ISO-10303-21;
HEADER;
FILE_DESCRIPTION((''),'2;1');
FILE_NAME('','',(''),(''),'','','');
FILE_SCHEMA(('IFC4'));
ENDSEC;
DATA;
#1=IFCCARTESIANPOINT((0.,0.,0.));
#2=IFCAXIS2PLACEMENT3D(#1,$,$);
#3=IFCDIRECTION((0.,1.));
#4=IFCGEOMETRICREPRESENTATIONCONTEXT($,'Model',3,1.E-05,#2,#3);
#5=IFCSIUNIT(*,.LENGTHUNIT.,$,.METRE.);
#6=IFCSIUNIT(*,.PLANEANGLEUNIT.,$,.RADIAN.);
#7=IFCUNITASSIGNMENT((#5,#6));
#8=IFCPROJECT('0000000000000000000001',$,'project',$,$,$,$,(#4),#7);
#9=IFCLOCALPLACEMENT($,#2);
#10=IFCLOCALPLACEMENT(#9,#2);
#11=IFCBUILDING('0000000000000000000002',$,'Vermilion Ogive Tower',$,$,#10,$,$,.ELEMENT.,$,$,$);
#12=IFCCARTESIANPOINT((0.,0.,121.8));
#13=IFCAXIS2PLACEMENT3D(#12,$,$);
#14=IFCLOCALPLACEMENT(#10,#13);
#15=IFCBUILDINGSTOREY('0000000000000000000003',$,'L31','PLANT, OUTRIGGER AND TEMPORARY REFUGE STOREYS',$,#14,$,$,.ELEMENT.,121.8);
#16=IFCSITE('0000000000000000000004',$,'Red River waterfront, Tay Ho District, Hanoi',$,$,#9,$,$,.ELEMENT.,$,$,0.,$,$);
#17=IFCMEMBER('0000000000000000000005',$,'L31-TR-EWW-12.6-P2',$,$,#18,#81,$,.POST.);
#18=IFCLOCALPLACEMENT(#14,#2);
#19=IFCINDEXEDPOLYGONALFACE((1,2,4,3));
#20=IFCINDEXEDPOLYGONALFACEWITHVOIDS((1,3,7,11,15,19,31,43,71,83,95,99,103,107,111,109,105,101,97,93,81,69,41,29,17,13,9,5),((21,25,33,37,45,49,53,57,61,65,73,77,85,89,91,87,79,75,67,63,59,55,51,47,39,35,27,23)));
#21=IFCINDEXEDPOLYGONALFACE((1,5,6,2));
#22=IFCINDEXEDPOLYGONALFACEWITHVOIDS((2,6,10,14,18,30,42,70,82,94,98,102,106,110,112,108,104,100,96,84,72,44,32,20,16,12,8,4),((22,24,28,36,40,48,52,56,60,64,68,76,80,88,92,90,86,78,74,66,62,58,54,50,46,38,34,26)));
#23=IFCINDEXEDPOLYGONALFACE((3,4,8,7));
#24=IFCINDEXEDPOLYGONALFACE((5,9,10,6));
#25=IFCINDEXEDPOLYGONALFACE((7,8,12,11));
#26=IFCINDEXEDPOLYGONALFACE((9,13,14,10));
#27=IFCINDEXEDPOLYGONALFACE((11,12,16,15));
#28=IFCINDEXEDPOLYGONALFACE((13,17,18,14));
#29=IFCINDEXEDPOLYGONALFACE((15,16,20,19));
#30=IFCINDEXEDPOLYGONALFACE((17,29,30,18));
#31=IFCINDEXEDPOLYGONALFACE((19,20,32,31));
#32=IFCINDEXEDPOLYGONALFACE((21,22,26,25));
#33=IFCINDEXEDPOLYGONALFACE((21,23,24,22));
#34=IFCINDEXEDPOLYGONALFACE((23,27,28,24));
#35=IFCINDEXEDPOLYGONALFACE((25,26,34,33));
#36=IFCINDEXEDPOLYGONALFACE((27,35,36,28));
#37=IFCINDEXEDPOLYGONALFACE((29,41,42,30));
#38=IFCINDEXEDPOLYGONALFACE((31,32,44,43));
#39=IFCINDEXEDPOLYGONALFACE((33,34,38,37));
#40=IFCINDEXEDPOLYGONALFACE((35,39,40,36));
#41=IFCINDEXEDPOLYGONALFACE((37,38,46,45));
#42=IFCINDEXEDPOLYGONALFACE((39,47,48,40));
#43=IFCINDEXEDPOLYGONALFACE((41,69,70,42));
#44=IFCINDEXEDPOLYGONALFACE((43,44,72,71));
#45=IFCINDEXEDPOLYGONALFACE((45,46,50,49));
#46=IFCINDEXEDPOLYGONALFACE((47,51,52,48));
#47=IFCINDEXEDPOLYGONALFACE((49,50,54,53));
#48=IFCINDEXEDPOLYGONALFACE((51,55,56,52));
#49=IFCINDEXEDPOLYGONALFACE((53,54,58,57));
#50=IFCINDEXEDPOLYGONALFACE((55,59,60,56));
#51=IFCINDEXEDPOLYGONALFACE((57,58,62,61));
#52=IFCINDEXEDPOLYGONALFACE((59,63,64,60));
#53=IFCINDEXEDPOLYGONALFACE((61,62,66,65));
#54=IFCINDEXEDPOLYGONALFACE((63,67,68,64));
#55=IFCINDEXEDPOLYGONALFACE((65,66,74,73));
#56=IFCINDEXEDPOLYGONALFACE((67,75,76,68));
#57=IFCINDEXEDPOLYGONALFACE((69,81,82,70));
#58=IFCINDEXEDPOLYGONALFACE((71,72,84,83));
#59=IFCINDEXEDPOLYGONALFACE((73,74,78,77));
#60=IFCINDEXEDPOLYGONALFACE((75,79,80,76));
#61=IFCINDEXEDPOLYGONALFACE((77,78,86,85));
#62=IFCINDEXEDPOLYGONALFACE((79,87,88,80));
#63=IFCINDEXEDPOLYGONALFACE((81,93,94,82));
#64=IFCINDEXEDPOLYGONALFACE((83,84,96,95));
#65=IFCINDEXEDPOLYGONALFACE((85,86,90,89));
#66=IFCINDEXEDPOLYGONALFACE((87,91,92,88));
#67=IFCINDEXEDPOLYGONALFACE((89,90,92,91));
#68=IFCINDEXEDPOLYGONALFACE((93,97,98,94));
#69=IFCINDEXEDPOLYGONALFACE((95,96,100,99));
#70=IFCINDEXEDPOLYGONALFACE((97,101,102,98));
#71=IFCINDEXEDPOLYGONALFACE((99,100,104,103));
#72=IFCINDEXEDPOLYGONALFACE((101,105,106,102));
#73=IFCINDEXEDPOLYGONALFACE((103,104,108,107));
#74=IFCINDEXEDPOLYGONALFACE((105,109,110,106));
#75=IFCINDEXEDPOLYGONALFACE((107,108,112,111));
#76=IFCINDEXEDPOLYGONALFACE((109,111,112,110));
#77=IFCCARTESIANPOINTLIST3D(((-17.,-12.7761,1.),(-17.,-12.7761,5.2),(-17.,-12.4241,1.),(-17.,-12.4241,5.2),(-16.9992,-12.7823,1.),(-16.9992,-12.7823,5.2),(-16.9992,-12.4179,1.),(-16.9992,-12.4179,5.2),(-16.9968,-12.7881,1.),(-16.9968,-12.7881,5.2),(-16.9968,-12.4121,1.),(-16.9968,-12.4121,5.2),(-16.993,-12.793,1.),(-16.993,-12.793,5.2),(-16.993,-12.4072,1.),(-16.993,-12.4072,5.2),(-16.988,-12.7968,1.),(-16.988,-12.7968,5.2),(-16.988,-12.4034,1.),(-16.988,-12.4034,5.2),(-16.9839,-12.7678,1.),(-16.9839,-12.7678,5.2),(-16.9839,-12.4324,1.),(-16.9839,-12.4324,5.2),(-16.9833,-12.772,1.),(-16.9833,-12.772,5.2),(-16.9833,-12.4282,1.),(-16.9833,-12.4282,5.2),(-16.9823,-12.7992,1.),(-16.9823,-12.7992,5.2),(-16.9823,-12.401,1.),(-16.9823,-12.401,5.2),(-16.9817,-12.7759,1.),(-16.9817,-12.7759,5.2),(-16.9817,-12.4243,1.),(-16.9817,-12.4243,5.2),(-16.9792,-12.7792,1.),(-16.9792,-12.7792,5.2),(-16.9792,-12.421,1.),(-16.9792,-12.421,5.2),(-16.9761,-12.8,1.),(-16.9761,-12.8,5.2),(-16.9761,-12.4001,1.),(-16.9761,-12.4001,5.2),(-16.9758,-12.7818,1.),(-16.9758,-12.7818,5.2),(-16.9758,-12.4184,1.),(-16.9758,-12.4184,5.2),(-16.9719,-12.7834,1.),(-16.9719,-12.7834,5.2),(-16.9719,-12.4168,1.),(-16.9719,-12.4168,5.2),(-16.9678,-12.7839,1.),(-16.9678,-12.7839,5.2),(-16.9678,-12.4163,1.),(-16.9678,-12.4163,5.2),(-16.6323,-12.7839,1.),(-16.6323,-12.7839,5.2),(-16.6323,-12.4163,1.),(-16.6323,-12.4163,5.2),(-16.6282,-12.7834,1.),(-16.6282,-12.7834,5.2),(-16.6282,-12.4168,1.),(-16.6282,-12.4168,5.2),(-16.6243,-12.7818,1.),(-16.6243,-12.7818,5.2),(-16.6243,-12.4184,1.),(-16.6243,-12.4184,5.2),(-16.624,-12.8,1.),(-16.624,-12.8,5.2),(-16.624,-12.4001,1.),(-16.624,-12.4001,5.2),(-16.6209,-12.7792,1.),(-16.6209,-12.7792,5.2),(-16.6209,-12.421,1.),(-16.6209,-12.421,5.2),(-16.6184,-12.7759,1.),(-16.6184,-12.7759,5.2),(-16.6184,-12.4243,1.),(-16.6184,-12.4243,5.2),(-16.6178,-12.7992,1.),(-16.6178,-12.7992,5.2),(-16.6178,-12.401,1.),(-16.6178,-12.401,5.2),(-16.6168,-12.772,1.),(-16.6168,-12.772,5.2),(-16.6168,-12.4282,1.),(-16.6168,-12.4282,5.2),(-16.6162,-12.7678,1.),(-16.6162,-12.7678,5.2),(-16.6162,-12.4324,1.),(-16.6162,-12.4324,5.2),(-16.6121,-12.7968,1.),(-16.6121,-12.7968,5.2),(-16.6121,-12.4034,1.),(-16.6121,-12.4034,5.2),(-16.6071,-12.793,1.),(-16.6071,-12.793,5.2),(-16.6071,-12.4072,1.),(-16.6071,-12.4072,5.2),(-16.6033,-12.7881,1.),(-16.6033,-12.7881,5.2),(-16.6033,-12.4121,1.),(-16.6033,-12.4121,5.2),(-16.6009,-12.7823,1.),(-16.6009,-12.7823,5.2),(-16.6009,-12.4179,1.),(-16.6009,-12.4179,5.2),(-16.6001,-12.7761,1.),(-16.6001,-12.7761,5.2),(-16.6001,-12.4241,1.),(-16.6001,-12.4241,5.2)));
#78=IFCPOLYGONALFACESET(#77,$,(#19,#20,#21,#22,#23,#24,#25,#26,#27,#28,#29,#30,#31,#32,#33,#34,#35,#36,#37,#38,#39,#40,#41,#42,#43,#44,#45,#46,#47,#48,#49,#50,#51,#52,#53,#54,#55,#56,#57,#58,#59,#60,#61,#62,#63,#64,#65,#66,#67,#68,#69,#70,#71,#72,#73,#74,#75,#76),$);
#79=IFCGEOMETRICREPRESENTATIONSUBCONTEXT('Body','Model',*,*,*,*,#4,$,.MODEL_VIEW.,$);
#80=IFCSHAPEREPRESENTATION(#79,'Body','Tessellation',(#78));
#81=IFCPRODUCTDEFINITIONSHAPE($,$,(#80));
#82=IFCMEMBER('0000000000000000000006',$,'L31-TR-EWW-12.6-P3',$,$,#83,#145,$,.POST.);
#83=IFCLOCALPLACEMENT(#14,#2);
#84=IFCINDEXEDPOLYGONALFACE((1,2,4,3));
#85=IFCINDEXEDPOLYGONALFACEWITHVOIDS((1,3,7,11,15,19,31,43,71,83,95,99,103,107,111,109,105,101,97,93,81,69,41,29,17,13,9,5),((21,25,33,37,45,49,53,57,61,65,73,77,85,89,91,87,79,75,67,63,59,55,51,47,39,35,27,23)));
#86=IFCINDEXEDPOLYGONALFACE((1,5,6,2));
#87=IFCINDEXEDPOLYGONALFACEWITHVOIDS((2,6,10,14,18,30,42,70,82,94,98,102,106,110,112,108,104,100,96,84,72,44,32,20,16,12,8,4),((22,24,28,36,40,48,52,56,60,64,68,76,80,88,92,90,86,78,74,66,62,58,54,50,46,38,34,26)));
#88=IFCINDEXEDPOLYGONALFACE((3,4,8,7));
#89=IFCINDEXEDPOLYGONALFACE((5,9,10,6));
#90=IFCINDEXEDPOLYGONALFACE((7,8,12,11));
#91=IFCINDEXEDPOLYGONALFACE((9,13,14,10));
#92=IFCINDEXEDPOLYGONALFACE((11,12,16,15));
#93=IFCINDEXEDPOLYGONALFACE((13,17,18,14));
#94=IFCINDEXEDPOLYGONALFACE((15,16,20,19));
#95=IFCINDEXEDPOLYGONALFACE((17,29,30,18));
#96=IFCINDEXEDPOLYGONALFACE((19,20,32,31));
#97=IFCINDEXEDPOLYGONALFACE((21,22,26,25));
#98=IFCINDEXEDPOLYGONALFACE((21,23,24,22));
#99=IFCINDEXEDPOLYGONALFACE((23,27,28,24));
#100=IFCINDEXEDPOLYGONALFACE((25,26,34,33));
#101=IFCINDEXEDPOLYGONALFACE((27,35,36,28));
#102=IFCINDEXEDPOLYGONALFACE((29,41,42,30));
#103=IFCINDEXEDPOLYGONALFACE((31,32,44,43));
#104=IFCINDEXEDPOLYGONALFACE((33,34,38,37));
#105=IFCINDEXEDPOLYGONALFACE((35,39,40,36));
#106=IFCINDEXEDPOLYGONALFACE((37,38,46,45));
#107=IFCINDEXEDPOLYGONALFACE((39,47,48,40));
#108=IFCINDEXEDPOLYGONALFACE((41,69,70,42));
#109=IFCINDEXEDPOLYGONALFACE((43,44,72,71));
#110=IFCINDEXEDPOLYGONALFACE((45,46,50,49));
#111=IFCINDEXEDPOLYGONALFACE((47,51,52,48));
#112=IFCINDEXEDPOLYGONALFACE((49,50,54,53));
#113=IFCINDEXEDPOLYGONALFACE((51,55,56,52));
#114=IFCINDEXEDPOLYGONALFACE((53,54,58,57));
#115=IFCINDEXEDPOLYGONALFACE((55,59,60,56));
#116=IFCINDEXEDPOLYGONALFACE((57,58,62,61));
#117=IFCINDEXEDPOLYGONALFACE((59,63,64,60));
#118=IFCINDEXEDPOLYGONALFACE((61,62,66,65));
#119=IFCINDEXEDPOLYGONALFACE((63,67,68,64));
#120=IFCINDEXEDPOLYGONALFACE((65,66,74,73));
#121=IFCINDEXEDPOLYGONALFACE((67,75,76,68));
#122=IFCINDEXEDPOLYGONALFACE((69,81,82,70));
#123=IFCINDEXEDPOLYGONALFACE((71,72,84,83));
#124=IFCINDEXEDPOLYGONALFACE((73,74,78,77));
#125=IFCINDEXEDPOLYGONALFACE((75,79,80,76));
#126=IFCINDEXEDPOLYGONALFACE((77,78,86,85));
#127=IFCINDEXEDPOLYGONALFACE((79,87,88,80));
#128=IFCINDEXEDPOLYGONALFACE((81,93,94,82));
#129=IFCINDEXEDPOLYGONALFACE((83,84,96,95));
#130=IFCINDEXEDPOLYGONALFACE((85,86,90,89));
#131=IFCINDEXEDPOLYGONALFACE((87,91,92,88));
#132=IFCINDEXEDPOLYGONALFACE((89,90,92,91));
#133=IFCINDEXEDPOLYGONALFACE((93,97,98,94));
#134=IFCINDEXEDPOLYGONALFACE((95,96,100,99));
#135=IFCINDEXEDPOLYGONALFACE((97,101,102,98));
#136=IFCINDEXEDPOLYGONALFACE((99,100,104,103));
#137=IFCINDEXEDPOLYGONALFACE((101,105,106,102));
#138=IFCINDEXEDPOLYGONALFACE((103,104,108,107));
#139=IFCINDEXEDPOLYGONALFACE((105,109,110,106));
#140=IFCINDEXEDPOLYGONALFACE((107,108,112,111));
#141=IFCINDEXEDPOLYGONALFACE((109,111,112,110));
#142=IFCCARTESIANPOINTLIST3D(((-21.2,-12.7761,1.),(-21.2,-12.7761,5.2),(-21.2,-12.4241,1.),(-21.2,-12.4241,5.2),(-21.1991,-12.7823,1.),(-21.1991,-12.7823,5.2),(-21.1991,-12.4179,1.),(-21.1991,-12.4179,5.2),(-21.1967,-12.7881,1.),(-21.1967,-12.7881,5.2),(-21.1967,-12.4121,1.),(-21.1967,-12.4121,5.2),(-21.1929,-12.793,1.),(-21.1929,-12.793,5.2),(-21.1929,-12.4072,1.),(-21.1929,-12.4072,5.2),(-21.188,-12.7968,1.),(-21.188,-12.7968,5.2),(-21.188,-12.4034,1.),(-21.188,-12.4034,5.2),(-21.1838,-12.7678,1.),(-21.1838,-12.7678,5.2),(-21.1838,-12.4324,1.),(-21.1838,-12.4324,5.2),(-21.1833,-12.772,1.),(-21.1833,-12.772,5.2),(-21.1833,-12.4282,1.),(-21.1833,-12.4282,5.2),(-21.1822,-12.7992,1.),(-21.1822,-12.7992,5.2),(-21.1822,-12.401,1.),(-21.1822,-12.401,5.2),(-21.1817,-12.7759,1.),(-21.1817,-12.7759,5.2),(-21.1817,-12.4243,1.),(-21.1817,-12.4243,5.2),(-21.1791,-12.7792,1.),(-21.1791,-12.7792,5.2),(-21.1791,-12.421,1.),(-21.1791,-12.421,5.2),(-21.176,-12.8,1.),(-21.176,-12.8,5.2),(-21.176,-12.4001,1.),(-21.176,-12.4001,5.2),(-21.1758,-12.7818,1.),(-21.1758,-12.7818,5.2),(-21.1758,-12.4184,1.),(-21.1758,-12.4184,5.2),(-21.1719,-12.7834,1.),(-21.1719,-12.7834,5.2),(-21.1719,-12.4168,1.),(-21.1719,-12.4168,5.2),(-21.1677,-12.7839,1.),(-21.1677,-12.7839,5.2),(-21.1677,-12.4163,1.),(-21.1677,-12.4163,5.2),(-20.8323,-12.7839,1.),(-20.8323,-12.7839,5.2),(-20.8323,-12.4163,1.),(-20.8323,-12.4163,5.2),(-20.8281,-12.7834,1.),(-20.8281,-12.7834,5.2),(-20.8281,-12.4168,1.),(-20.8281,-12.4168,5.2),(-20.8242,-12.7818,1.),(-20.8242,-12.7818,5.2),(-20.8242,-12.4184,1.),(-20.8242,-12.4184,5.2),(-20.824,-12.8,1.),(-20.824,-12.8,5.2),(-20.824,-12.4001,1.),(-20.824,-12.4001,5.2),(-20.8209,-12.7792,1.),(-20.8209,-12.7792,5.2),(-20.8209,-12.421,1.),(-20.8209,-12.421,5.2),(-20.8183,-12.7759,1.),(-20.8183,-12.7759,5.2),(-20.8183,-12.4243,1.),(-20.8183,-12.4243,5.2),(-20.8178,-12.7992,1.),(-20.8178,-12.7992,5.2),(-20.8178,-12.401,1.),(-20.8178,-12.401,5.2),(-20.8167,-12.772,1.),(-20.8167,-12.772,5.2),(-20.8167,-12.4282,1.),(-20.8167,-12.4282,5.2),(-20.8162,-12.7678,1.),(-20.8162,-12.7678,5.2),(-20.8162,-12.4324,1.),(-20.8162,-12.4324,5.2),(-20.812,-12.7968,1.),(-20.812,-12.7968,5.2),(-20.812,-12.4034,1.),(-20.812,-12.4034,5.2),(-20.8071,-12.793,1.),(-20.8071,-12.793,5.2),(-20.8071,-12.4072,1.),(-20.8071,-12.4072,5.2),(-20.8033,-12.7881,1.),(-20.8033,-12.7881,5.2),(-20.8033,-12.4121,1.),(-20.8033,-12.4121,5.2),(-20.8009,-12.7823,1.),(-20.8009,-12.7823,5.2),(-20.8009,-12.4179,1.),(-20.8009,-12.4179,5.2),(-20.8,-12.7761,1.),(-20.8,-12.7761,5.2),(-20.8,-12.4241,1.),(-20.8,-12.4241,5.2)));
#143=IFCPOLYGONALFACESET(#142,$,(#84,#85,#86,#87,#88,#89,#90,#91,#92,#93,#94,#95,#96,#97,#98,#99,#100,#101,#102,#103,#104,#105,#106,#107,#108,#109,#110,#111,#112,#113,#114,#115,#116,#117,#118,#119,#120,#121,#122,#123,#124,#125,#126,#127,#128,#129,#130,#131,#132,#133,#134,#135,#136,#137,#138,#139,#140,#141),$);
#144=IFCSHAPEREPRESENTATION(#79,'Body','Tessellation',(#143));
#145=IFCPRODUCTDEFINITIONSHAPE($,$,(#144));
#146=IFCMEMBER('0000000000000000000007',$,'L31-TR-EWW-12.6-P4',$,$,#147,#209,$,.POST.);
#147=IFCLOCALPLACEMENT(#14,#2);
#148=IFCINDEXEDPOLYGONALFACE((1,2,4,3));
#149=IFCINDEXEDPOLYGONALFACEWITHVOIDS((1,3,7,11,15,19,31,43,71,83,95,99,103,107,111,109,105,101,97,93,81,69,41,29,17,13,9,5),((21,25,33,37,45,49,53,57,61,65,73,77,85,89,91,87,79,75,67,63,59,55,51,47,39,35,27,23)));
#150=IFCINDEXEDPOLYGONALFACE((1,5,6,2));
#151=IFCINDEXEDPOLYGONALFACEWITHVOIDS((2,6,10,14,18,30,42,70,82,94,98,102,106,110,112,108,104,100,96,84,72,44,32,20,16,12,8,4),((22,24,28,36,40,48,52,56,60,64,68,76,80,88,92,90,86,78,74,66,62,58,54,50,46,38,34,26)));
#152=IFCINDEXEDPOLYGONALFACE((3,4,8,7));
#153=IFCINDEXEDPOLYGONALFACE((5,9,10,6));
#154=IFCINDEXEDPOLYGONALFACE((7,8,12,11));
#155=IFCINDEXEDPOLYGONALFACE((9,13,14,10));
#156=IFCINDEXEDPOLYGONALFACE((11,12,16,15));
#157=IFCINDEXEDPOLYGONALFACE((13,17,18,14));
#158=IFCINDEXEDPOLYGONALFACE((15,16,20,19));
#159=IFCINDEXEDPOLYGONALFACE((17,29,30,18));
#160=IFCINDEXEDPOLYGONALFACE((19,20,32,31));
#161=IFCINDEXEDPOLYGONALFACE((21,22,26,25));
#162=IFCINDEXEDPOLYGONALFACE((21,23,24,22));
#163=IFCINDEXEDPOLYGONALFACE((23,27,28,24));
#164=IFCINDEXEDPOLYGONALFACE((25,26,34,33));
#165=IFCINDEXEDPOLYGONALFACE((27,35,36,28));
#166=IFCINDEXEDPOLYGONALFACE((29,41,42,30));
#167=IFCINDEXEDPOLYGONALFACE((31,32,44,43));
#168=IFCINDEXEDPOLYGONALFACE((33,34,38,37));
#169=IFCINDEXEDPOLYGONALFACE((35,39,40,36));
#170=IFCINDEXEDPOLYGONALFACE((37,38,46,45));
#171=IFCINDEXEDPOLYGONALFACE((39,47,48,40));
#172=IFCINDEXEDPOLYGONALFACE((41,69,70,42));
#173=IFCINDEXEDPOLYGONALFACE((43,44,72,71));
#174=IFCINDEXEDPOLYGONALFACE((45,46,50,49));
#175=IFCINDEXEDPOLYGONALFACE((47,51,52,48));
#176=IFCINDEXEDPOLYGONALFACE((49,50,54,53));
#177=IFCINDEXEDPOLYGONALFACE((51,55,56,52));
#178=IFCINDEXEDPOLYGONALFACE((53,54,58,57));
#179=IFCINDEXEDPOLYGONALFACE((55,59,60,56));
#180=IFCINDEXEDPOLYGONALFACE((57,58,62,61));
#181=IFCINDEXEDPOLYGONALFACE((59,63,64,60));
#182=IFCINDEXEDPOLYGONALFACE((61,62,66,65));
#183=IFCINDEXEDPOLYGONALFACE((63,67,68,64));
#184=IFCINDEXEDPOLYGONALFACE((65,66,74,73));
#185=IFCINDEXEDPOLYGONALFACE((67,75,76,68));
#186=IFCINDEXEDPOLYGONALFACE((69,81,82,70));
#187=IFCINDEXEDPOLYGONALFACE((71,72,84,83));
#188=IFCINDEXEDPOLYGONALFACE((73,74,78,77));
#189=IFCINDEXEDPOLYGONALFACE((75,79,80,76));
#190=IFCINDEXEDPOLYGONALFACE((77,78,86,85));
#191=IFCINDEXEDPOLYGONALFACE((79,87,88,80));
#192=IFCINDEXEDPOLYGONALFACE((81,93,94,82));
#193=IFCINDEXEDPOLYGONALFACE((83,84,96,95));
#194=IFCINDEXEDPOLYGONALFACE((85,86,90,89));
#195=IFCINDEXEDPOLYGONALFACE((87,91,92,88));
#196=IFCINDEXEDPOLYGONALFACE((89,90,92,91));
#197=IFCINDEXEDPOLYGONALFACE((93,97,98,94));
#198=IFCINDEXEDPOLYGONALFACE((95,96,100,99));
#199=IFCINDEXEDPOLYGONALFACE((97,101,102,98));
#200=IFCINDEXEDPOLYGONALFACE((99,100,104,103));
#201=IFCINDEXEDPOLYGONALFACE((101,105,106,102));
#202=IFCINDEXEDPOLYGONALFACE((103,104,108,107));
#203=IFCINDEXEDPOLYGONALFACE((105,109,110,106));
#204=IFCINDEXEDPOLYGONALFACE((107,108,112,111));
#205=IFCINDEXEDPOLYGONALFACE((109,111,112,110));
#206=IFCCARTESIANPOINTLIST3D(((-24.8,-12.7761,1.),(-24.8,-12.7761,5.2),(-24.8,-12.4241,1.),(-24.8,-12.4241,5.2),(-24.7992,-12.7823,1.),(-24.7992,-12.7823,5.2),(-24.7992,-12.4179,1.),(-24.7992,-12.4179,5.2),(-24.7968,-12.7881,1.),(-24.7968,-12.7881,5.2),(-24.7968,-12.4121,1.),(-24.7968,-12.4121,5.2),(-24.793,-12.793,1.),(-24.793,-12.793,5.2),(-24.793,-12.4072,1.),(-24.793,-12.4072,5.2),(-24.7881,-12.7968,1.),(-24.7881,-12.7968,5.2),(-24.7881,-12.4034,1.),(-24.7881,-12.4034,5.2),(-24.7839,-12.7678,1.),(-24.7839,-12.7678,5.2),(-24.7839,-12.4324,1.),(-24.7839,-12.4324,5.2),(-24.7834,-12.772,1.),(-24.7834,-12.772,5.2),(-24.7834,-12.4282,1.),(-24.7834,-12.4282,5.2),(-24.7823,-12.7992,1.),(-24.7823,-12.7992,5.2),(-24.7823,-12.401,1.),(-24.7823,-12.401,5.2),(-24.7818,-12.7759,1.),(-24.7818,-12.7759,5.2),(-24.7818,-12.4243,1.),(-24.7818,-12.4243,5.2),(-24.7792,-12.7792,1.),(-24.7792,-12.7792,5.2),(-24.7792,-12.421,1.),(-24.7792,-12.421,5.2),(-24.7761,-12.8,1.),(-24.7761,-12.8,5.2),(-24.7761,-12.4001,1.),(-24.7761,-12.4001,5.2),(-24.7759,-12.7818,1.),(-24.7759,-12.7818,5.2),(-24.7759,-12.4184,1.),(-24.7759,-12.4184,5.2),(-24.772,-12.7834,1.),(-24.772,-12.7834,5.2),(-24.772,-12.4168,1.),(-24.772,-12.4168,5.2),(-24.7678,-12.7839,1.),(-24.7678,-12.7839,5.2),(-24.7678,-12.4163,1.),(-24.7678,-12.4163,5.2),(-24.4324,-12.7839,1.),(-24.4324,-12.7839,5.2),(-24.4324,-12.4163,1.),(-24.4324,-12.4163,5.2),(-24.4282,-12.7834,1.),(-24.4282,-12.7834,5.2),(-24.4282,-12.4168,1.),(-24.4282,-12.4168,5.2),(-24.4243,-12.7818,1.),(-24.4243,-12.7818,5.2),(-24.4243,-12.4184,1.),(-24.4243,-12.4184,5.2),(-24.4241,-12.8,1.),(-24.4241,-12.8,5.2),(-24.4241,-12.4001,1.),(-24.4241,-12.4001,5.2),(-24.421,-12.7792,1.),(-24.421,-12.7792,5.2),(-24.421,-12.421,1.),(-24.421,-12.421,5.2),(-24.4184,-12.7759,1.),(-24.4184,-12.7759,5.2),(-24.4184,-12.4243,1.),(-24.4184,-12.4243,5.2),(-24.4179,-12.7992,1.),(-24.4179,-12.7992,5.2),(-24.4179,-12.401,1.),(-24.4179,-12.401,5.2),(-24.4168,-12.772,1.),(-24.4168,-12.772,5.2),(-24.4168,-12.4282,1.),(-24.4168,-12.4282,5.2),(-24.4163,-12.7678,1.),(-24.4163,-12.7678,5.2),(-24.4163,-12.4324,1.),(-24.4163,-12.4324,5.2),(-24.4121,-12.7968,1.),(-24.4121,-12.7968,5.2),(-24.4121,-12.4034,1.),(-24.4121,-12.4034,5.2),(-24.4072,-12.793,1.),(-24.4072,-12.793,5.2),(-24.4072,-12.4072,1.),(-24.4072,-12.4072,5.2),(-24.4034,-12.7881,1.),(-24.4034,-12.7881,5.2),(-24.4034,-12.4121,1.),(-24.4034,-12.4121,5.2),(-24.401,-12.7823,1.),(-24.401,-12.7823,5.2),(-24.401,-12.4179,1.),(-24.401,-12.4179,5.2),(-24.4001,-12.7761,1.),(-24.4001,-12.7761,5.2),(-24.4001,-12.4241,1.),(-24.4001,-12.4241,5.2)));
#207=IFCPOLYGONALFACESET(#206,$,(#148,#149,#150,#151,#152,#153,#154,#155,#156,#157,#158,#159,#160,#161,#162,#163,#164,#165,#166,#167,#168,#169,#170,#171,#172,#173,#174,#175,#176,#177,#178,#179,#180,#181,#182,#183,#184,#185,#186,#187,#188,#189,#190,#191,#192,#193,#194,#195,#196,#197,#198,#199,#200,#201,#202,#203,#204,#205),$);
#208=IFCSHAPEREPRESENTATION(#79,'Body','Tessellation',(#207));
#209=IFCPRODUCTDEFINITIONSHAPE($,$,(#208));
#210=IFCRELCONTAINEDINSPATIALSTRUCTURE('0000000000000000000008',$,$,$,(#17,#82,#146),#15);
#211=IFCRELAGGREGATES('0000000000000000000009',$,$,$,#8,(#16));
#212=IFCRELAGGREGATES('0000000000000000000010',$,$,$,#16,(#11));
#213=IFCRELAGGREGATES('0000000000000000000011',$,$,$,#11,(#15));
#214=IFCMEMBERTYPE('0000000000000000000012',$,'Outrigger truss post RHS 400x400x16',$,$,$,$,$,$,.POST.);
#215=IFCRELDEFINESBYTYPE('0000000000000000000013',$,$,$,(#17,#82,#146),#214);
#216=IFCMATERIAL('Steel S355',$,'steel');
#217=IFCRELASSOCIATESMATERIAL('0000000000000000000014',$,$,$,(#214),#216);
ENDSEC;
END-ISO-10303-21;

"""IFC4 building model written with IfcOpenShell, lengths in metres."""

from ifc_helpers import new_model, si_unit, direction, frame, origin, origin_2d, place, context, subcontext, project, spatial, hollow_rectangle, extrude, material, material_profile, profile_set, type_object, element, save


model = new_model("IFC4")

# Units and contexts
model_context = context("Model", 3, precision=1e-05, world=origin(), true_north=direction((0.0, 1.0)))
body_context = subcontext(model_context, "Body", "Model", "MODEL_VIEW")
ifc_project = project(units=[si_unit("LENGTHUNIT", "METRE"), si_unit("PLANEANGLEUNIT", "RADIAN")], contexts=[model_context])

# Site, building, storey
site_placement = place(None, origin())
site = spatial("IfcSite", under=ifc_project, at=site_placement, Name="Red River waterfront, Tay Ho District, Hanoi", CompositionType="ELEMENT", RefElevation=0.0)
building_placement = place(site_placement, origin())
building = spatial("IfcBuilding", under=site, at=building_placement, Name="Vermilion Ogive Tower", CompositionType="ELEMENT")
storey_placement = place(building_placement, frame((0.0, 0.0, 121.8)))
storey = spatial("IfcBuildingStorey", under=building, at=storey_placement, Name="L31", Description="PLANT, OUTRIGGER AND TEMPORARY REFUGE STOREYS", CompositionType="ELEMENT", Elevation=121.8)

# Members
ifc_material_1 = material(Name="Steel S355", Category="steel")
ifc_material_profile_1 = material_profile(ifc_material_1, hollow_rectangle(XDim=0.3999, YDim=0.3999, WallThickness=0.0161, InnerFilletRadius=0.0161, OuterFilletRadius=0.0239, at=origin_2d()), Name="RHS 400x400x16")
ifc_profile_set_1 = profile_set([ifc_material_profile_1], Name="Steel S355")
member_type_1 = type_object("IfcMemberType", Name="Outrigger truss post RHS 400x400x16", PredefinedType="POST", material=ifc_profile_set_1)
for number, where, z_axis, x_axis, name in (
    (1, (-16.8, -12.6001, 1.0), (0.0, 0.0, 1.0), (1.0, 0.0, 0.0), "L31-TR-EWW-12.6-P2"),
    (2, (-21.0, -12.6001, 1.0), (0.0, 0.0, 1.0), (1.0, 0.0, 0.0), "L31-TR-EWW-12.6-P3"),
    (3, (-24.6001, -12.6001, 1.0), (0.0, 0.0, 1.0), (1.0, 0.0, 0.0), "L31-TR-EWW-12.6-P4"),
):
    element("IfcMember", number, at=place(storey_placement, frame(where, z_axis=z_axis, x_axis=x_axis)), inside=storey, type_object=member_type_1, Name=name, PredefinedType="POST", context=body_context, shape_type="SweptSolid", body=[
        extrude(hollow_rectangle(XDim=0.3999, YDim=0.3999, WallThickness=0.0161, InnerFilletRadius=0.0161, OuterFilletRadius=0.0239, at=origin_2d()), origin(), (0.0, 0.0, 1.0), 4.2),
    ])

save(model, "model.ifc")
